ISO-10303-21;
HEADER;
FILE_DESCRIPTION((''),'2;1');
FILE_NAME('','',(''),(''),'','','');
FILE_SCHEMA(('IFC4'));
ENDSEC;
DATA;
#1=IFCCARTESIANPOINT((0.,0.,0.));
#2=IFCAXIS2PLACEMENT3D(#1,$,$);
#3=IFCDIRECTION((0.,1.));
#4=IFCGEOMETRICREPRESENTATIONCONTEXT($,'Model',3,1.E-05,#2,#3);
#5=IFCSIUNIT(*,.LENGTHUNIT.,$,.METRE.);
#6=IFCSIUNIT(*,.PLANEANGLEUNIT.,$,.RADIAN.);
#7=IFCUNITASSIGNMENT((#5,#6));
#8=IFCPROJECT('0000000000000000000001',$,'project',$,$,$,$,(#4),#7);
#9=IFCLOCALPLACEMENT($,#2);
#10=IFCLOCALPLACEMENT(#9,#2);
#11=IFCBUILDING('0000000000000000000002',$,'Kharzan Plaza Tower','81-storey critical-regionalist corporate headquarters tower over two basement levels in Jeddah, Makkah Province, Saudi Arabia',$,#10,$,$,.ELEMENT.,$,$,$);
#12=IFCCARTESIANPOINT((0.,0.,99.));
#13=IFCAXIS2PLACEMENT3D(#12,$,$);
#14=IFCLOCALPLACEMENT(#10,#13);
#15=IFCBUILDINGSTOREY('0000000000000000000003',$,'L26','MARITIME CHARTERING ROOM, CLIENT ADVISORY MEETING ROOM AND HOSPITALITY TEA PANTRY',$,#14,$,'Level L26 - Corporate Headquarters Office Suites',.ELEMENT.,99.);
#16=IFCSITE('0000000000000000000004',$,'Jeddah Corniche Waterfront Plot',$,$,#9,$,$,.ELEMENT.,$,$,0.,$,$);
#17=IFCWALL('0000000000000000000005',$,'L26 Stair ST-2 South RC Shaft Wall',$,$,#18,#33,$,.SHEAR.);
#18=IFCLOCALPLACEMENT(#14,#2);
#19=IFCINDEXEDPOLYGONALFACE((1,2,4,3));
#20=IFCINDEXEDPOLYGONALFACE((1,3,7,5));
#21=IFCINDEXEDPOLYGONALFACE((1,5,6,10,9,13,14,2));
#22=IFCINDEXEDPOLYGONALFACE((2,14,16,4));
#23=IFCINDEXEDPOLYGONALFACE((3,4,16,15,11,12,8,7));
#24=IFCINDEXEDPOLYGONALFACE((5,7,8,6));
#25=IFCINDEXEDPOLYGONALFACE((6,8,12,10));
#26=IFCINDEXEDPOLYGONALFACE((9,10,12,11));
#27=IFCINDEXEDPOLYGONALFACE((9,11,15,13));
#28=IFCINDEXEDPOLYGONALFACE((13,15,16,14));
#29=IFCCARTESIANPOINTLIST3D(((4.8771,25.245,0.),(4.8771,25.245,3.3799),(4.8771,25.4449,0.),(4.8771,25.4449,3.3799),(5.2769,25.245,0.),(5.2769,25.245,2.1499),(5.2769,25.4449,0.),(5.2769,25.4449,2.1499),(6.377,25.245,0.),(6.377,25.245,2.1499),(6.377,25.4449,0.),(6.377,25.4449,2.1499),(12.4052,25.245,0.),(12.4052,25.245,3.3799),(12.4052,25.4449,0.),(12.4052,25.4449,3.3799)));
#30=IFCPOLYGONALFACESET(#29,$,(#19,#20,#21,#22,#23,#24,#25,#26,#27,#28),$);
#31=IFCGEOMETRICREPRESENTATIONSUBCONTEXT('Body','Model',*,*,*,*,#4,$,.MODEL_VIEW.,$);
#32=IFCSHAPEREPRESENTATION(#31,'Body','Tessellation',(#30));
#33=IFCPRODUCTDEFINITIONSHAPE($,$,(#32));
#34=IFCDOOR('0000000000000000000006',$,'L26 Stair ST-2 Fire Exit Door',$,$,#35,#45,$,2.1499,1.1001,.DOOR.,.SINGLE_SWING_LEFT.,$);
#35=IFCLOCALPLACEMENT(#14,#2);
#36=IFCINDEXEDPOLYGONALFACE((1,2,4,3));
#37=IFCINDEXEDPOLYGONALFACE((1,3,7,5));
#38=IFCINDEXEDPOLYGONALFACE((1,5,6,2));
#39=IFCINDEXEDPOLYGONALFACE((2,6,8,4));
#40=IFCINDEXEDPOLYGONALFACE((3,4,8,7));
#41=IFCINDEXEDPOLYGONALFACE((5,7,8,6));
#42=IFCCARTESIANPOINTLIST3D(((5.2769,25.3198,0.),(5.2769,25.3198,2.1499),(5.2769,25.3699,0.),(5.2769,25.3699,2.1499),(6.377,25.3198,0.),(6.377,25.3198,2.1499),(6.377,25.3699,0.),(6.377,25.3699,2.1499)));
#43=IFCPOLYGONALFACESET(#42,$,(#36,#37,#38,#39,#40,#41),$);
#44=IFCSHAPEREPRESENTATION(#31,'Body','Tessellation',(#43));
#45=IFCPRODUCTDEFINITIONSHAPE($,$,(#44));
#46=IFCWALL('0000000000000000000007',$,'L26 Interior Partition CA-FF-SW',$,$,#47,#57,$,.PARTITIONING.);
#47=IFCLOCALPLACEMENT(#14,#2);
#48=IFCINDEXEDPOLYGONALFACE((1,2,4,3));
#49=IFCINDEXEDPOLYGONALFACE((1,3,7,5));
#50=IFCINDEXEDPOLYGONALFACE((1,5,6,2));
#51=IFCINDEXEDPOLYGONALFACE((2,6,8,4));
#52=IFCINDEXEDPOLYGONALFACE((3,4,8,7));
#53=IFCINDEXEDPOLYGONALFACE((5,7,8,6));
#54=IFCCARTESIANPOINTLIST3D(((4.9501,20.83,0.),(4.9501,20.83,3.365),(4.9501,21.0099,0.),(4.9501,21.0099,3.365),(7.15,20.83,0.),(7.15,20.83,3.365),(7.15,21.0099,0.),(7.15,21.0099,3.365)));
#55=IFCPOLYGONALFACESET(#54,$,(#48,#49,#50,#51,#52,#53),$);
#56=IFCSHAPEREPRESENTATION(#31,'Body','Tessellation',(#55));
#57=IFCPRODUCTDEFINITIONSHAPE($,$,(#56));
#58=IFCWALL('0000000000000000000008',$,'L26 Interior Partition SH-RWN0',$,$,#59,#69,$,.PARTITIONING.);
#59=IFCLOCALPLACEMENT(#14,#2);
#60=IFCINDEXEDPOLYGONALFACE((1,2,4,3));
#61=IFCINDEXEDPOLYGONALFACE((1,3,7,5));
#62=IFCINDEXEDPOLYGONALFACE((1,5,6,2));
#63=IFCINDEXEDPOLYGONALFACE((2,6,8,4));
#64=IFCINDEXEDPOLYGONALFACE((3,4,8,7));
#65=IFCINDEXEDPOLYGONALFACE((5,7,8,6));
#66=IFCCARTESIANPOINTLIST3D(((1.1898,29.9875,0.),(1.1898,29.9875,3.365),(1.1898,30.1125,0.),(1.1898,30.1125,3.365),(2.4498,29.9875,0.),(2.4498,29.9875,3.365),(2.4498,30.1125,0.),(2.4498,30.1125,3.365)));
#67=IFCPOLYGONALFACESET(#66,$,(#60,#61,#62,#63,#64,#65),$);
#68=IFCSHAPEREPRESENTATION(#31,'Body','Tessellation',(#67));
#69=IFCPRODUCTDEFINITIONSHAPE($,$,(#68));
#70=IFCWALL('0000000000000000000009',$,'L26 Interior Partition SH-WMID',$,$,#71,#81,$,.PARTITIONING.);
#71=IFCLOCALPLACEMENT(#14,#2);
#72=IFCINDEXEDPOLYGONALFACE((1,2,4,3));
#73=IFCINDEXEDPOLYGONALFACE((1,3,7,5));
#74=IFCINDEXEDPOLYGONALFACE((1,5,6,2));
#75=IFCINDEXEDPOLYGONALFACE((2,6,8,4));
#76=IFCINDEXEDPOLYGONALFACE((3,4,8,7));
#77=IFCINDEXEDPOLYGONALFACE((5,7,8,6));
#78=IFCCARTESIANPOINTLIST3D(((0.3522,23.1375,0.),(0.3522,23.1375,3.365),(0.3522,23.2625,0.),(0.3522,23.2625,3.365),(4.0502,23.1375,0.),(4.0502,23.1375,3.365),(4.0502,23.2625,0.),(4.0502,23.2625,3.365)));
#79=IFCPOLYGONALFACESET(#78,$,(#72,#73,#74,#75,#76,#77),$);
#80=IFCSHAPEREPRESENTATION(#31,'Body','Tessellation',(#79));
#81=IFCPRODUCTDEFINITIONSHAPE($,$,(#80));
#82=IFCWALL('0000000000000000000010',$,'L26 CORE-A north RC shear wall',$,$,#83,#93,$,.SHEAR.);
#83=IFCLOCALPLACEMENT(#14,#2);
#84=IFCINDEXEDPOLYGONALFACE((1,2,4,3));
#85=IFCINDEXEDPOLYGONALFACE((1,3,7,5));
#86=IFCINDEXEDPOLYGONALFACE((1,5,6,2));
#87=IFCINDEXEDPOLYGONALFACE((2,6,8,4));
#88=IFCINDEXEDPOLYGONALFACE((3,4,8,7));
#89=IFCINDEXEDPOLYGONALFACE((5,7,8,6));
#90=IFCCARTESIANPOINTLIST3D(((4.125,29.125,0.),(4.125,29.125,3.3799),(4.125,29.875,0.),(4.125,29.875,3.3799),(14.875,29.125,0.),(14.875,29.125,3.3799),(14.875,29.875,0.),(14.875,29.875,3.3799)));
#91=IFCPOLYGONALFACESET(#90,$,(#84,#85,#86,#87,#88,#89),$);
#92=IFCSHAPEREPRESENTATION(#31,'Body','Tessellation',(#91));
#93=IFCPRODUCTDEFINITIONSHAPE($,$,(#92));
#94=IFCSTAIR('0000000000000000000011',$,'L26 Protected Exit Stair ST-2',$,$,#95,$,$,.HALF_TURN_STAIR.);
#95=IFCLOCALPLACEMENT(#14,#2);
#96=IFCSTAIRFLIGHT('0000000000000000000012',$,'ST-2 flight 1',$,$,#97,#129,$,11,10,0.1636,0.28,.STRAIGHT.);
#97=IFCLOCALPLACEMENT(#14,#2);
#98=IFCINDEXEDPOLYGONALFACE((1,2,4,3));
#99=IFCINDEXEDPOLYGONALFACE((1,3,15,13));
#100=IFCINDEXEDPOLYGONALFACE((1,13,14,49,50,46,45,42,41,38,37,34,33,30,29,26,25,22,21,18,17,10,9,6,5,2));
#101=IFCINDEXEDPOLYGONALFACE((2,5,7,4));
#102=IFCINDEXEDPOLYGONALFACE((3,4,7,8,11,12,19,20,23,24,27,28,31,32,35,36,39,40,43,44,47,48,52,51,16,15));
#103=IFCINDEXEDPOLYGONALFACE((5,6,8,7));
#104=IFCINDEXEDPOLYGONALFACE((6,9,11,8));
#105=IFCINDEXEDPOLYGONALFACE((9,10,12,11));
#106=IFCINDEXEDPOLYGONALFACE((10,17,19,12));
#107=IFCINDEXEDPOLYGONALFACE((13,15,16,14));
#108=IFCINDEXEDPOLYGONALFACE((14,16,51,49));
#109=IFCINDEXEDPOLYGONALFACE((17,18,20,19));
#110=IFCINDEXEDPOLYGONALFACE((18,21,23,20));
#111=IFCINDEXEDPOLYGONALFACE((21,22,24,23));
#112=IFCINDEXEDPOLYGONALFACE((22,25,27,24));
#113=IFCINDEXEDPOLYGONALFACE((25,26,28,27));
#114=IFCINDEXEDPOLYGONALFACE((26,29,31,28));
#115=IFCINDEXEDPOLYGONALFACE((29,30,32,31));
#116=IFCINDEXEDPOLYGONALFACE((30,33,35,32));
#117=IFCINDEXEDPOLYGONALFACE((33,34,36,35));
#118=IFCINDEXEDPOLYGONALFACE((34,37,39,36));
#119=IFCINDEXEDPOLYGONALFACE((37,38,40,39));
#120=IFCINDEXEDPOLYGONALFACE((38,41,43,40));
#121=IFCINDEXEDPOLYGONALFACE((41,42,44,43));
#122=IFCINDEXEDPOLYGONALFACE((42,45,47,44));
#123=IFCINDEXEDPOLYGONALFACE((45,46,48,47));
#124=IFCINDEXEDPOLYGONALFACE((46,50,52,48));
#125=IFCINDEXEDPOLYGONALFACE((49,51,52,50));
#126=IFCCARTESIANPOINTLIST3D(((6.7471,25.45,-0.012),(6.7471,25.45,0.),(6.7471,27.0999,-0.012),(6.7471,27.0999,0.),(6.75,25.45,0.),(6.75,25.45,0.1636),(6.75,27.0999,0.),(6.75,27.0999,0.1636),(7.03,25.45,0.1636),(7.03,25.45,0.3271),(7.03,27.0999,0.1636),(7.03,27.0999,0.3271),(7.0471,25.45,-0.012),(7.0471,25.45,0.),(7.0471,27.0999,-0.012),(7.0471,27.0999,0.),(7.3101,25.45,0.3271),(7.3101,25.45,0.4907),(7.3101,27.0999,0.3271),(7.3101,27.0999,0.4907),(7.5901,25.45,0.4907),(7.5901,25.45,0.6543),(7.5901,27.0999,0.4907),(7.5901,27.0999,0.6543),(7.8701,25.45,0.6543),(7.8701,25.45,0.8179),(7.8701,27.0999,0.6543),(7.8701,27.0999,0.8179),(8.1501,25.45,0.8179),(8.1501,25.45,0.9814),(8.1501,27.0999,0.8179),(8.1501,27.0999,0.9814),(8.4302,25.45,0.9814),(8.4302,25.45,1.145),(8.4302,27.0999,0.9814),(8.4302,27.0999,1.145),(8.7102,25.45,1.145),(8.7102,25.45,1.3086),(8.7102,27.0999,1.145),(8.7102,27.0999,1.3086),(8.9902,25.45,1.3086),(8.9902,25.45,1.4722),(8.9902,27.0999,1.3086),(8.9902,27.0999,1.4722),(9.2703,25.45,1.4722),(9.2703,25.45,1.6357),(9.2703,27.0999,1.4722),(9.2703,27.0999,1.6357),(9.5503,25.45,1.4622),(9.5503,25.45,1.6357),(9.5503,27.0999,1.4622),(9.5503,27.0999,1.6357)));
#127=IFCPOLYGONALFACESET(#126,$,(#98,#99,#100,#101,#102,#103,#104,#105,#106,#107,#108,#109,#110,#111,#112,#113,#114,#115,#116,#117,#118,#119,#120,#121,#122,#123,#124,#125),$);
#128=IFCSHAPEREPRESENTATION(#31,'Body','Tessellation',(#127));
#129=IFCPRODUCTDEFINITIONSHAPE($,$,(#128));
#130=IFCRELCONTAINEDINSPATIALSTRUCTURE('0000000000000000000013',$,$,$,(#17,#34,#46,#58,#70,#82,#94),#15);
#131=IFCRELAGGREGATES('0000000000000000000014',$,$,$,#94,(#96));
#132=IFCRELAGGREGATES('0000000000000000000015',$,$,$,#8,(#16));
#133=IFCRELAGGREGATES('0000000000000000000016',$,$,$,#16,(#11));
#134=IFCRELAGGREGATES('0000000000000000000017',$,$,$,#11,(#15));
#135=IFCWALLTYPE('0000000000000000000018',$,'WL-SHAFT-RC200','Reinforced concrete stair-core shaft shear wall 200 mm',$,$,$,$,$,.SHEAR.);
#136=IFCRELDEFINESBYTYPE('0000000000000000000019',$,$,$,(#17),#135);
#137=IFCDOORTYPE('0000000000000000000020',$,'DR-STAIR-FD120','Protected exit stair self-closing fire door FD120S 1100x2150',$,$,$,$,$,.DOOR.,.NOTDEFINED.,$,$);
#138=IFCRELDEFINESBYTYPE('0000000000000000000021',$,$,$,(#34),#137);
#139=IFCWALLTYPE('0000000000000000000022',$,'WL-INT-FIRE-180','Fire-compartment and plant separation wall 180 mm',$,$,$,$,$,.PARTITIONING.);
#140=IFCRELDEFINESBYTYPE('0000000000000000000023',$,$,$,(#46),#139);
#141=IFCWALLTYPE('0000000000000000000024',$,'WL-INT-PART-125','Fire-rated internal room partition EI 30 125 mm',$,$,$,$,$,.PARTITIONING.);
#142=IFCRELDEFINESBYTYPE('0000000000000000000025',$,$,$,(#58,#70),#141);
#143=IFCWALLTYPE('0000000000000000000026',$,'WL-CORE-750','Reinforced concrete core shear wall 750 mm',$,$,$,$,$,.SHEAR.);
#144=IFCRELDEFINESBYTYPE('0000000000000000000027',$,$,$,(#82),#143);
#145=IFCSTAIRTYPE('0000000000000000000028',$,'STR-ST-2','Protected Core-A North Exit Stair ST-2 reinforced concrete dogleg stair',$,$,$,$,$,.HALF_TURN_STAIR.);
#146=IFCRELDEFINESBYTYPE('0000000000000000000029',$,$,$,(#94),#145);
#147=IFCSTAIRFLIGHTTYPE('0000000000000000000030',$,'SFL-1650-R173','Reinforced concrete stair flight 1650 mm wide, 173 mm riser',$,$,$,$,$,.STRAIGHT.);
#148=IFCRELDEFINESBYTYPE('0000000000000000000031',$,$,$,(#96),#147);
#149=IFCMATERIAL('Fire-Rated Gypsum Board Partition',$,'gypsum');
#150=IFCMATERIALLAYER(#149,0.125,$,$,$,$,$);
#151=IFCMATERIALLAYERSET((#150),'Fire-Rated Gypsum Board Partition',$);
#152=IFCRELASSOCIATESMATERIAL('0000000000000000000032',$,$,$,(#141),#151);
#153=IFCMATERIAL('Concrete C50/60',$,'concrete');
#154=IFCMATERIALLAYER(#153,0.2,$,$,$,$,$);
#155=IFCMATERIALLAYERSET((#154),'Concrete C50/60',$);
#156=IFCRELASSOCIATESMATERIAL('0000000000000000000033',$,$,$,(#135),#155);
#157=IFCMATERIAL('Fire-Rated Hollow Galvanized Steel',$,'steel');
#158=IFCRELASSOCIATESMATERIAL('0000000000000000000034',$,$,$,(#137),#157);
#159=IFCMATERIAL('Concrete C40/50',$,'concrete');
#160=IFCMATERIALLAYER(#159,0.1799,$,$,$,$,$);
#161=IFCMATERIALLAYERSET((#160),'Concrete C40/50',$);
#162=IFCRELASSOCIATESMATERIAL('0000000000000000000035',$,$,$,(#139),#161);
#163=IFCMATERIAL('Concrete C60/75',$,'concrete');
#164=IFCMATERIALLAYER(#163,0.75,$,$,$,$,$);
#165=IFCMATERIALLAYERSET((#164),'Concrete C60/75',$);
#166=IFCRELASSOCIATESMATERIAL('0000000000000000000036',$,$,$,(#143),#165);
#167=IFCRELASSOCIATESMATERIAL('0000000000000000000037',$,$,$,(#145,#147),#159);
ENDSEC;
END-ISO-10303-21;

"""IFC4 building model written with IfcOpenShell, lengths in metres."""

from ifc_helpers import new_model, si_unit, direction, frame, frame_2d, origin, place, context, subcontext, project, spatial, polyline, rectangle, outline, extrude, source, transform, mapped, material, layer, layer_set, type_object, element, fill, aggregate, save


model = new_model("IFC4")

# Units and contexts
model_context = context("Model", 3, precision=1e-05, world=origin(), true_north=direction((0.0, 1.0)))
body_context = subcontext(model_context, "Body", "Model", "MODEL_VIEW")
ifc_project = project(units=[si_unit("LENGTHUNIT", "METRE"), si_unit("PLANEANGLEUNIT", "RADIAN")], contexts=[model_context])

# Site, building, storey
site_placement = place(None, origin())
site = spatial("IfcSite", under=ifc_project, at=site_placement, Name="Jeddah Corniche Waterfront Plot", CompositionType="ELEMENT", RefElevation=0.0)
building_placement = place(site_placement, origin())
building = spatial("IfcBuilding", under=site, at=building_placement, Name="Kharzan Plaza Tower", Description="81-storey critical-regionalist corporate headquarters tower over two basement levels in Jeddah, Makkah Province, Saudi Arabia", CompositionType="ELEMENT")
storey_placement = place(building_placement, frame((0.0, 0.0, 99.0)))
storey = spatial("IfcBuildingStorey", under=building, at=storey_placement, Name="L26", Description="MARITIME CHARTERING ROOM, CLIENT ADVISORY MEETING ROOM AND HOSPITALITY TEA PANTRY", LongName="Level L26 - Corporate Headquarters Office Suites", CompositionType="ELEMENT", Elevation=99.0)

# Shared definitions
ifc_material_1 = material(Name="Concrete C60/75", Category="concrete")

# Shared definitions
ifc_material_2 = material(Name="Concrete C40/50", Category="concrete")

# Wall, opening, door
ifc_material_3 = material(Name="Fire-Rated Gypsum Board Partition", Category="gypsum")
ifc_layer_1 = layer(ifc_material_3, 0.125)
ifc_layer_set_1 = layer_set([ifc_layer_1], Name="Fire-Rated Gypsum Board Partition")
wall_type_1 = type_object("IfcWallType", Name="WL-INT-PART-125", Description="Fire-rated internal room partition EI 30 125 mm", PredefinedType="PARTITIONING", material=ifc_layer_set_1)
ifc_material_4 = material(Name="Concrete C50/60", Category="concrete")
ifc_layer_2 = layer(ifc_material_4, 0.2)
ifc_layer_set_2 = layer_set([ifc_layer_2], Name="Concrete C50/60")
wall_type_2 = type_object("IfcWallType", Name="WL-SHAFT-RC200", Description="Reinforced concrete stair-core shaft shear wall 200 mm", PredefinedType="SHEAR", material=ifc_layer_set_2)
wall_1_placement = place(storey_placement, frame((4.877, 25.345, 0.0), z_axis=(0.0, 0.0, 1.0), x_axis=(1.0, 0.0, 0.0)))
wall_1 = element("IfcWall", 1, at=wall_1_placement, inside=storey, type_object=wall_type_2, Name="L26 Stair ST-2 South RC Shaft Wall", PredefinedType="SHEAR", context=body_context, shape_type="SweptSolid", body=[
    extrude(rectangle(XDim=7.5281, YDim=0.2, at=frame_2d((3.7642, 0.0))), origin(), (0.0, 0.0, 1.0), 3.3799),
])
opening_1_placement = place(wall_1_placement, frame((0.3999, 0.0, 0.0)))
opening_1 = element("IfcOpeningElement", 2, at=opening_1_placement, cuts=wall_1, PredefinedType="OPENING", context=body_context, shape_type="SweptSolid", body=[
    extrude(rectangle(XDim=1.1001, YDim=2.1499, at=frame_2d((0.55, 1.075))), frame((0.0, 0.1099, 0.0), z_axis=(0.0, -1.0, 0.0), x_axis=(1.0, 0.0, 0.0)), (0.0, 0.0, 1.0), 0.22),
])
ifc_material_5 = material(Name="Fire-Rated Hollow Galvanized Steel", Category="steel")
door_type_1 = type_object("IfcDoorType", Name="DR-STAIR-FD120", Description="Protected exit stair self-closing fire door FD120S 1100x2150", OperationType="NOTDEFINED", PredefinedType="DOOR", material=ifc_material_5)
shared_shape_1 = source(origin(), body_context, "Body", "SweptSolid", [
    extrude(rectangle(XDim=1.1001, YDim=2.1499, at=frame_2d((0.55, 1.075))), frame((0.0, 0.0249, 0.0), z_axis=(0.0, -1.0, 0.0), x_axis=(1.0, 0.0, 0.0)), (0.0, 0.0, 1.0), 0.05),
])
door_1_placement = place(opening_1_placement, origin())
door_1 = element("IfcDoor", 3, at=door_1_placement, inside=storey, type_object=door_type_1, Name="L26 Stair ST-2 Fire Exit Door", OperationType="SINGLE_SWING_LEFT", OverallHeight=2.1499, OverallWidth=1.1001, PredefinedType="DOOR", context=body_context, shape_type="MappedRepresentation", body=[
    mapped(shared_shape_1, transform((0.0, 0.0, 0.0), x_axis=(1.0, 0.0, 0.0), y_axis=(0.0, 1.0, 0.0), z_axis=(0.0, 0.0, 1.0))),
])
fill(opening_1, door_1)

# Walls
ifc_layer_3 = layer(ifc_material_2, 0.1799)
ifc_layer_set_3 = layer_set([ifc_layer_3], Name="Concrete C40/50")
wall_type_3 = type_object("IfcWallType", Name="WL-INT-FIRE-180", Description="Fire-compartment and plant separation wall 180 mm", PredefinedType="PARTITIONING", material=ifc_layer_set_3)
shared_shape_2 = source(origin(), body_context, "Body", "SweptSolid", [
    extrude(rectangle(XDim=2.2, YDim=0.1799, at=frame_2d((1.1001, 0.0))), origin(), (0.0, 0.0, 1.0), 3.365),
])
wall_2_placement = place(storey_placement, frame((4.95, 20.9199, 0.0), z_axis=(0.0, 0.0, 1.0), x_axis=(1.0, 0.0, 0.0)))
element("IfcWall", 4, at=wall_2_placement, inside=storey, type_object=wall_type_3, Name="L26 Interior Partition CA-FF-SW", PredefinedType="PARTITIONING", context=body_context, shape_type="MappedRepresentation", body=[
    mapped(shared_shape_2, transform((0.0, 0.0, 0.0), x_axis=(1.0, 0.0, 0.0), y_axis=(0.0, 1.0, 0.0), z_axis=(0.0, 0.0, 1.0))),
])
shared_shape_3 = source(origin(), body_context, "Body", "SweptSolid", [
    extrude(rectangle(XDim=1.26, YDim=0.125, at=frame_2d((0.6299, 0.0))), origin(), (0.0, 0.0, 1.0), 3.365),
])
wall_3_placement = place(storey_placement, frame((1.1899, 30.05, 0.0), z_axis=(0.0, 0.0, 1.0), x_axis=(1.0, 0.0, 0.0)))
element("IfcWall", 5, at=wall_3_placement, inside=storey, type_object=wall_type_1, Name="L26 Interior Partition SH-RWN0", PredefinedType="PARTITIONING", context=body_context, shape_type="MappedRepresentation", body=[
    mapped(shared_shape_3, transform((0.0, 0.0, 0.0), x_axis=(1.0, 0.0, 0.0), y_axis=(0.0, 1.0, 0.0), z_axis=(0.0, 0.0, 1.0))),
])
shared_shape_4 = source(origin(), body_context, "Body", "SweptSolid", [
    extrude(rectangle(XDim=3.698, YDim=0.125, at=frame_2d((1.8491, 0.0))), origin(), (0.0, 0.0, 1.0), 3.365),
])
wall_4_placement = place(storey_placement, frame((0.3521, 23.2, 0.0), z_axis=(0.0, 0.0, 1.0), x_axis=(1.0, 0.0, 0.0)))
element("IfcWall", 6, at=wall_4_placement, inside=storey, type_object=wall_type_1, Name="L26 Interior Partition SH-WMID", PredefinedType="PARTITIONING", context=body_context, shape_type="MappedRepresentation", body=[
    mapped(shared_shape_4, transform((0.0, 0.0, 0.0), x_axis=(1.0, 0.0, 0.0), y_axis=(0.0, 1.0, 0.0), z_axis=(0.0, 0.0, 1.0))),
])
ifc_layer_4 = layer(ifc_material_1, 0.75)
ifc_layer_set_4 = layer_set([ifc_layer_4], Name="Concrete C60/75")
wall_type_4 = type_object("IfcWallType", Name="WL-CORE-750", Description="Reinforced concrete core shear wall 750 mm", PredefinedType="SHEAR", material=ifc_layer_set_4)
shared_shape_5 = source(origin(), body_context, "Body", "SweptSolid", [
    extrude(rectangle(XDim=10.75, YDim=0.75, at=frame_2d((5.375, 0.0))), origin(), (0.0, 0.0, 1.0), 3.3799),
])
wall_5_placement = place(storey_placement, frame((4.125, 29.5, 0.0), z_axis=(0.0, 0.0, 1.0), x_axis=(1.0, 0.0, 0.0)))
element("IfcWall", 7, at=wall_5_placement, inside=storey, type_object=wall_type_4, Name="L26 CORE-A north RC shear wall", PredefinedType="SHEAR", context=body_context, shape_type="MappedRepresentation", body=[
    mapped(shared_shape_5, transform((0.0, 0.0, 0.0), x_axis=(1.0, 0.0, 0.0), y_axis=(0.0, 1.0, 0.0), z_axis=(0.0, 0.0, 1.0))),
])

# Stair, stair flight
stair_type = type_object("IfcStairType", Name="STR-ST-2", Description="Protected Core-A North Exit Stair ST-2 reinforced concrete dogleg stair", PredefinedType="HALF_TURN_STAIR", material=ifc_material_2)
stair_placement = place(storey_placement, origin())
stair = element("IfcStair", 8, at=stair_placement, inside=storey, type_object=stair_type, Name="L26 Protected Exit Stair ST-2", PredefinedType="HALF_TURN_STAIR")
stair_flight_type = type_object("IfcStairFlightType", Name="SFL-1650-R173", Description="Reinforced concrete stair flight 1650 mm wide, 173 mm riser", PredefinedType="STRAIGHT", material=ifc_material_2)
shared_shape_6 = source(origin(), body_context, "Body", "SweptSolid", [
    extrude(outline(polyline([(-0.0029, -0.012), (-0.0029, 0.0), (0.0, 0.0), (0.0, 0.1636), (0.28, 0.1636), (0.28, 0.3271), (0.5601, 0.3271), (0.5601, 0.4907), (0.8401, 0.4907), (0.8401, 0.6543), (1.1201, 0.6543), (1.1201, 0.8179), (1.4001, 0.8179), (1.4001, 0.9814), (1.6802, 0.9814), (1.6802, 1.145), (1.9602, 1.145), (1.9602, 1.3086), (2.2402, 1.3086), (2.2402, 1.4722), (2.5203, 1.4722), (2.5203, 1.6357), (2.8003, 1.6357), (2.8003, 1.7993), (2.8003, 1.4622), (0.2971, 0.0), (0.2971, -0.012), (-0.0029, -0.012)])), frame((0.0, 0.825, 0.0), z_axis=(0.0, -1.0, 0.0), x_axis=(1.0, 0.0, 0.0)), (0.0, 0.0, 1.0), 1.6499),
])
stair_flight_placement = place(storey_placement, frame((6.75, 26.2749, 0.0), z_axis=(0.0, 0.0, 1.0), x_axis=(1.0, 0.0, 0.0)))
stair_flight = element("IfcStairFlight", 9, at=stair_flight_placement, type_object=stair_flight_type, Name="ST-2 flight 1", NumberOfRisers=11, NumberOfTreads=10, PredefinedType="STRAIGHT", RiserHeight=0.1636, TreadLength=0.28, context=body_context, shape_type="MappedRepresentation", body=[
    mapped(shared_shape_6, transform((0.0, 0.0, 0.0), x_axis=(1.0, 0.0, 0.0), y_axis=(0.0, 1.0, 0.0), z_axis=(0.0, 0.0, 1.0))),
])
aggregate(stair, [stair_flight])

save(model, "model.ifc")
